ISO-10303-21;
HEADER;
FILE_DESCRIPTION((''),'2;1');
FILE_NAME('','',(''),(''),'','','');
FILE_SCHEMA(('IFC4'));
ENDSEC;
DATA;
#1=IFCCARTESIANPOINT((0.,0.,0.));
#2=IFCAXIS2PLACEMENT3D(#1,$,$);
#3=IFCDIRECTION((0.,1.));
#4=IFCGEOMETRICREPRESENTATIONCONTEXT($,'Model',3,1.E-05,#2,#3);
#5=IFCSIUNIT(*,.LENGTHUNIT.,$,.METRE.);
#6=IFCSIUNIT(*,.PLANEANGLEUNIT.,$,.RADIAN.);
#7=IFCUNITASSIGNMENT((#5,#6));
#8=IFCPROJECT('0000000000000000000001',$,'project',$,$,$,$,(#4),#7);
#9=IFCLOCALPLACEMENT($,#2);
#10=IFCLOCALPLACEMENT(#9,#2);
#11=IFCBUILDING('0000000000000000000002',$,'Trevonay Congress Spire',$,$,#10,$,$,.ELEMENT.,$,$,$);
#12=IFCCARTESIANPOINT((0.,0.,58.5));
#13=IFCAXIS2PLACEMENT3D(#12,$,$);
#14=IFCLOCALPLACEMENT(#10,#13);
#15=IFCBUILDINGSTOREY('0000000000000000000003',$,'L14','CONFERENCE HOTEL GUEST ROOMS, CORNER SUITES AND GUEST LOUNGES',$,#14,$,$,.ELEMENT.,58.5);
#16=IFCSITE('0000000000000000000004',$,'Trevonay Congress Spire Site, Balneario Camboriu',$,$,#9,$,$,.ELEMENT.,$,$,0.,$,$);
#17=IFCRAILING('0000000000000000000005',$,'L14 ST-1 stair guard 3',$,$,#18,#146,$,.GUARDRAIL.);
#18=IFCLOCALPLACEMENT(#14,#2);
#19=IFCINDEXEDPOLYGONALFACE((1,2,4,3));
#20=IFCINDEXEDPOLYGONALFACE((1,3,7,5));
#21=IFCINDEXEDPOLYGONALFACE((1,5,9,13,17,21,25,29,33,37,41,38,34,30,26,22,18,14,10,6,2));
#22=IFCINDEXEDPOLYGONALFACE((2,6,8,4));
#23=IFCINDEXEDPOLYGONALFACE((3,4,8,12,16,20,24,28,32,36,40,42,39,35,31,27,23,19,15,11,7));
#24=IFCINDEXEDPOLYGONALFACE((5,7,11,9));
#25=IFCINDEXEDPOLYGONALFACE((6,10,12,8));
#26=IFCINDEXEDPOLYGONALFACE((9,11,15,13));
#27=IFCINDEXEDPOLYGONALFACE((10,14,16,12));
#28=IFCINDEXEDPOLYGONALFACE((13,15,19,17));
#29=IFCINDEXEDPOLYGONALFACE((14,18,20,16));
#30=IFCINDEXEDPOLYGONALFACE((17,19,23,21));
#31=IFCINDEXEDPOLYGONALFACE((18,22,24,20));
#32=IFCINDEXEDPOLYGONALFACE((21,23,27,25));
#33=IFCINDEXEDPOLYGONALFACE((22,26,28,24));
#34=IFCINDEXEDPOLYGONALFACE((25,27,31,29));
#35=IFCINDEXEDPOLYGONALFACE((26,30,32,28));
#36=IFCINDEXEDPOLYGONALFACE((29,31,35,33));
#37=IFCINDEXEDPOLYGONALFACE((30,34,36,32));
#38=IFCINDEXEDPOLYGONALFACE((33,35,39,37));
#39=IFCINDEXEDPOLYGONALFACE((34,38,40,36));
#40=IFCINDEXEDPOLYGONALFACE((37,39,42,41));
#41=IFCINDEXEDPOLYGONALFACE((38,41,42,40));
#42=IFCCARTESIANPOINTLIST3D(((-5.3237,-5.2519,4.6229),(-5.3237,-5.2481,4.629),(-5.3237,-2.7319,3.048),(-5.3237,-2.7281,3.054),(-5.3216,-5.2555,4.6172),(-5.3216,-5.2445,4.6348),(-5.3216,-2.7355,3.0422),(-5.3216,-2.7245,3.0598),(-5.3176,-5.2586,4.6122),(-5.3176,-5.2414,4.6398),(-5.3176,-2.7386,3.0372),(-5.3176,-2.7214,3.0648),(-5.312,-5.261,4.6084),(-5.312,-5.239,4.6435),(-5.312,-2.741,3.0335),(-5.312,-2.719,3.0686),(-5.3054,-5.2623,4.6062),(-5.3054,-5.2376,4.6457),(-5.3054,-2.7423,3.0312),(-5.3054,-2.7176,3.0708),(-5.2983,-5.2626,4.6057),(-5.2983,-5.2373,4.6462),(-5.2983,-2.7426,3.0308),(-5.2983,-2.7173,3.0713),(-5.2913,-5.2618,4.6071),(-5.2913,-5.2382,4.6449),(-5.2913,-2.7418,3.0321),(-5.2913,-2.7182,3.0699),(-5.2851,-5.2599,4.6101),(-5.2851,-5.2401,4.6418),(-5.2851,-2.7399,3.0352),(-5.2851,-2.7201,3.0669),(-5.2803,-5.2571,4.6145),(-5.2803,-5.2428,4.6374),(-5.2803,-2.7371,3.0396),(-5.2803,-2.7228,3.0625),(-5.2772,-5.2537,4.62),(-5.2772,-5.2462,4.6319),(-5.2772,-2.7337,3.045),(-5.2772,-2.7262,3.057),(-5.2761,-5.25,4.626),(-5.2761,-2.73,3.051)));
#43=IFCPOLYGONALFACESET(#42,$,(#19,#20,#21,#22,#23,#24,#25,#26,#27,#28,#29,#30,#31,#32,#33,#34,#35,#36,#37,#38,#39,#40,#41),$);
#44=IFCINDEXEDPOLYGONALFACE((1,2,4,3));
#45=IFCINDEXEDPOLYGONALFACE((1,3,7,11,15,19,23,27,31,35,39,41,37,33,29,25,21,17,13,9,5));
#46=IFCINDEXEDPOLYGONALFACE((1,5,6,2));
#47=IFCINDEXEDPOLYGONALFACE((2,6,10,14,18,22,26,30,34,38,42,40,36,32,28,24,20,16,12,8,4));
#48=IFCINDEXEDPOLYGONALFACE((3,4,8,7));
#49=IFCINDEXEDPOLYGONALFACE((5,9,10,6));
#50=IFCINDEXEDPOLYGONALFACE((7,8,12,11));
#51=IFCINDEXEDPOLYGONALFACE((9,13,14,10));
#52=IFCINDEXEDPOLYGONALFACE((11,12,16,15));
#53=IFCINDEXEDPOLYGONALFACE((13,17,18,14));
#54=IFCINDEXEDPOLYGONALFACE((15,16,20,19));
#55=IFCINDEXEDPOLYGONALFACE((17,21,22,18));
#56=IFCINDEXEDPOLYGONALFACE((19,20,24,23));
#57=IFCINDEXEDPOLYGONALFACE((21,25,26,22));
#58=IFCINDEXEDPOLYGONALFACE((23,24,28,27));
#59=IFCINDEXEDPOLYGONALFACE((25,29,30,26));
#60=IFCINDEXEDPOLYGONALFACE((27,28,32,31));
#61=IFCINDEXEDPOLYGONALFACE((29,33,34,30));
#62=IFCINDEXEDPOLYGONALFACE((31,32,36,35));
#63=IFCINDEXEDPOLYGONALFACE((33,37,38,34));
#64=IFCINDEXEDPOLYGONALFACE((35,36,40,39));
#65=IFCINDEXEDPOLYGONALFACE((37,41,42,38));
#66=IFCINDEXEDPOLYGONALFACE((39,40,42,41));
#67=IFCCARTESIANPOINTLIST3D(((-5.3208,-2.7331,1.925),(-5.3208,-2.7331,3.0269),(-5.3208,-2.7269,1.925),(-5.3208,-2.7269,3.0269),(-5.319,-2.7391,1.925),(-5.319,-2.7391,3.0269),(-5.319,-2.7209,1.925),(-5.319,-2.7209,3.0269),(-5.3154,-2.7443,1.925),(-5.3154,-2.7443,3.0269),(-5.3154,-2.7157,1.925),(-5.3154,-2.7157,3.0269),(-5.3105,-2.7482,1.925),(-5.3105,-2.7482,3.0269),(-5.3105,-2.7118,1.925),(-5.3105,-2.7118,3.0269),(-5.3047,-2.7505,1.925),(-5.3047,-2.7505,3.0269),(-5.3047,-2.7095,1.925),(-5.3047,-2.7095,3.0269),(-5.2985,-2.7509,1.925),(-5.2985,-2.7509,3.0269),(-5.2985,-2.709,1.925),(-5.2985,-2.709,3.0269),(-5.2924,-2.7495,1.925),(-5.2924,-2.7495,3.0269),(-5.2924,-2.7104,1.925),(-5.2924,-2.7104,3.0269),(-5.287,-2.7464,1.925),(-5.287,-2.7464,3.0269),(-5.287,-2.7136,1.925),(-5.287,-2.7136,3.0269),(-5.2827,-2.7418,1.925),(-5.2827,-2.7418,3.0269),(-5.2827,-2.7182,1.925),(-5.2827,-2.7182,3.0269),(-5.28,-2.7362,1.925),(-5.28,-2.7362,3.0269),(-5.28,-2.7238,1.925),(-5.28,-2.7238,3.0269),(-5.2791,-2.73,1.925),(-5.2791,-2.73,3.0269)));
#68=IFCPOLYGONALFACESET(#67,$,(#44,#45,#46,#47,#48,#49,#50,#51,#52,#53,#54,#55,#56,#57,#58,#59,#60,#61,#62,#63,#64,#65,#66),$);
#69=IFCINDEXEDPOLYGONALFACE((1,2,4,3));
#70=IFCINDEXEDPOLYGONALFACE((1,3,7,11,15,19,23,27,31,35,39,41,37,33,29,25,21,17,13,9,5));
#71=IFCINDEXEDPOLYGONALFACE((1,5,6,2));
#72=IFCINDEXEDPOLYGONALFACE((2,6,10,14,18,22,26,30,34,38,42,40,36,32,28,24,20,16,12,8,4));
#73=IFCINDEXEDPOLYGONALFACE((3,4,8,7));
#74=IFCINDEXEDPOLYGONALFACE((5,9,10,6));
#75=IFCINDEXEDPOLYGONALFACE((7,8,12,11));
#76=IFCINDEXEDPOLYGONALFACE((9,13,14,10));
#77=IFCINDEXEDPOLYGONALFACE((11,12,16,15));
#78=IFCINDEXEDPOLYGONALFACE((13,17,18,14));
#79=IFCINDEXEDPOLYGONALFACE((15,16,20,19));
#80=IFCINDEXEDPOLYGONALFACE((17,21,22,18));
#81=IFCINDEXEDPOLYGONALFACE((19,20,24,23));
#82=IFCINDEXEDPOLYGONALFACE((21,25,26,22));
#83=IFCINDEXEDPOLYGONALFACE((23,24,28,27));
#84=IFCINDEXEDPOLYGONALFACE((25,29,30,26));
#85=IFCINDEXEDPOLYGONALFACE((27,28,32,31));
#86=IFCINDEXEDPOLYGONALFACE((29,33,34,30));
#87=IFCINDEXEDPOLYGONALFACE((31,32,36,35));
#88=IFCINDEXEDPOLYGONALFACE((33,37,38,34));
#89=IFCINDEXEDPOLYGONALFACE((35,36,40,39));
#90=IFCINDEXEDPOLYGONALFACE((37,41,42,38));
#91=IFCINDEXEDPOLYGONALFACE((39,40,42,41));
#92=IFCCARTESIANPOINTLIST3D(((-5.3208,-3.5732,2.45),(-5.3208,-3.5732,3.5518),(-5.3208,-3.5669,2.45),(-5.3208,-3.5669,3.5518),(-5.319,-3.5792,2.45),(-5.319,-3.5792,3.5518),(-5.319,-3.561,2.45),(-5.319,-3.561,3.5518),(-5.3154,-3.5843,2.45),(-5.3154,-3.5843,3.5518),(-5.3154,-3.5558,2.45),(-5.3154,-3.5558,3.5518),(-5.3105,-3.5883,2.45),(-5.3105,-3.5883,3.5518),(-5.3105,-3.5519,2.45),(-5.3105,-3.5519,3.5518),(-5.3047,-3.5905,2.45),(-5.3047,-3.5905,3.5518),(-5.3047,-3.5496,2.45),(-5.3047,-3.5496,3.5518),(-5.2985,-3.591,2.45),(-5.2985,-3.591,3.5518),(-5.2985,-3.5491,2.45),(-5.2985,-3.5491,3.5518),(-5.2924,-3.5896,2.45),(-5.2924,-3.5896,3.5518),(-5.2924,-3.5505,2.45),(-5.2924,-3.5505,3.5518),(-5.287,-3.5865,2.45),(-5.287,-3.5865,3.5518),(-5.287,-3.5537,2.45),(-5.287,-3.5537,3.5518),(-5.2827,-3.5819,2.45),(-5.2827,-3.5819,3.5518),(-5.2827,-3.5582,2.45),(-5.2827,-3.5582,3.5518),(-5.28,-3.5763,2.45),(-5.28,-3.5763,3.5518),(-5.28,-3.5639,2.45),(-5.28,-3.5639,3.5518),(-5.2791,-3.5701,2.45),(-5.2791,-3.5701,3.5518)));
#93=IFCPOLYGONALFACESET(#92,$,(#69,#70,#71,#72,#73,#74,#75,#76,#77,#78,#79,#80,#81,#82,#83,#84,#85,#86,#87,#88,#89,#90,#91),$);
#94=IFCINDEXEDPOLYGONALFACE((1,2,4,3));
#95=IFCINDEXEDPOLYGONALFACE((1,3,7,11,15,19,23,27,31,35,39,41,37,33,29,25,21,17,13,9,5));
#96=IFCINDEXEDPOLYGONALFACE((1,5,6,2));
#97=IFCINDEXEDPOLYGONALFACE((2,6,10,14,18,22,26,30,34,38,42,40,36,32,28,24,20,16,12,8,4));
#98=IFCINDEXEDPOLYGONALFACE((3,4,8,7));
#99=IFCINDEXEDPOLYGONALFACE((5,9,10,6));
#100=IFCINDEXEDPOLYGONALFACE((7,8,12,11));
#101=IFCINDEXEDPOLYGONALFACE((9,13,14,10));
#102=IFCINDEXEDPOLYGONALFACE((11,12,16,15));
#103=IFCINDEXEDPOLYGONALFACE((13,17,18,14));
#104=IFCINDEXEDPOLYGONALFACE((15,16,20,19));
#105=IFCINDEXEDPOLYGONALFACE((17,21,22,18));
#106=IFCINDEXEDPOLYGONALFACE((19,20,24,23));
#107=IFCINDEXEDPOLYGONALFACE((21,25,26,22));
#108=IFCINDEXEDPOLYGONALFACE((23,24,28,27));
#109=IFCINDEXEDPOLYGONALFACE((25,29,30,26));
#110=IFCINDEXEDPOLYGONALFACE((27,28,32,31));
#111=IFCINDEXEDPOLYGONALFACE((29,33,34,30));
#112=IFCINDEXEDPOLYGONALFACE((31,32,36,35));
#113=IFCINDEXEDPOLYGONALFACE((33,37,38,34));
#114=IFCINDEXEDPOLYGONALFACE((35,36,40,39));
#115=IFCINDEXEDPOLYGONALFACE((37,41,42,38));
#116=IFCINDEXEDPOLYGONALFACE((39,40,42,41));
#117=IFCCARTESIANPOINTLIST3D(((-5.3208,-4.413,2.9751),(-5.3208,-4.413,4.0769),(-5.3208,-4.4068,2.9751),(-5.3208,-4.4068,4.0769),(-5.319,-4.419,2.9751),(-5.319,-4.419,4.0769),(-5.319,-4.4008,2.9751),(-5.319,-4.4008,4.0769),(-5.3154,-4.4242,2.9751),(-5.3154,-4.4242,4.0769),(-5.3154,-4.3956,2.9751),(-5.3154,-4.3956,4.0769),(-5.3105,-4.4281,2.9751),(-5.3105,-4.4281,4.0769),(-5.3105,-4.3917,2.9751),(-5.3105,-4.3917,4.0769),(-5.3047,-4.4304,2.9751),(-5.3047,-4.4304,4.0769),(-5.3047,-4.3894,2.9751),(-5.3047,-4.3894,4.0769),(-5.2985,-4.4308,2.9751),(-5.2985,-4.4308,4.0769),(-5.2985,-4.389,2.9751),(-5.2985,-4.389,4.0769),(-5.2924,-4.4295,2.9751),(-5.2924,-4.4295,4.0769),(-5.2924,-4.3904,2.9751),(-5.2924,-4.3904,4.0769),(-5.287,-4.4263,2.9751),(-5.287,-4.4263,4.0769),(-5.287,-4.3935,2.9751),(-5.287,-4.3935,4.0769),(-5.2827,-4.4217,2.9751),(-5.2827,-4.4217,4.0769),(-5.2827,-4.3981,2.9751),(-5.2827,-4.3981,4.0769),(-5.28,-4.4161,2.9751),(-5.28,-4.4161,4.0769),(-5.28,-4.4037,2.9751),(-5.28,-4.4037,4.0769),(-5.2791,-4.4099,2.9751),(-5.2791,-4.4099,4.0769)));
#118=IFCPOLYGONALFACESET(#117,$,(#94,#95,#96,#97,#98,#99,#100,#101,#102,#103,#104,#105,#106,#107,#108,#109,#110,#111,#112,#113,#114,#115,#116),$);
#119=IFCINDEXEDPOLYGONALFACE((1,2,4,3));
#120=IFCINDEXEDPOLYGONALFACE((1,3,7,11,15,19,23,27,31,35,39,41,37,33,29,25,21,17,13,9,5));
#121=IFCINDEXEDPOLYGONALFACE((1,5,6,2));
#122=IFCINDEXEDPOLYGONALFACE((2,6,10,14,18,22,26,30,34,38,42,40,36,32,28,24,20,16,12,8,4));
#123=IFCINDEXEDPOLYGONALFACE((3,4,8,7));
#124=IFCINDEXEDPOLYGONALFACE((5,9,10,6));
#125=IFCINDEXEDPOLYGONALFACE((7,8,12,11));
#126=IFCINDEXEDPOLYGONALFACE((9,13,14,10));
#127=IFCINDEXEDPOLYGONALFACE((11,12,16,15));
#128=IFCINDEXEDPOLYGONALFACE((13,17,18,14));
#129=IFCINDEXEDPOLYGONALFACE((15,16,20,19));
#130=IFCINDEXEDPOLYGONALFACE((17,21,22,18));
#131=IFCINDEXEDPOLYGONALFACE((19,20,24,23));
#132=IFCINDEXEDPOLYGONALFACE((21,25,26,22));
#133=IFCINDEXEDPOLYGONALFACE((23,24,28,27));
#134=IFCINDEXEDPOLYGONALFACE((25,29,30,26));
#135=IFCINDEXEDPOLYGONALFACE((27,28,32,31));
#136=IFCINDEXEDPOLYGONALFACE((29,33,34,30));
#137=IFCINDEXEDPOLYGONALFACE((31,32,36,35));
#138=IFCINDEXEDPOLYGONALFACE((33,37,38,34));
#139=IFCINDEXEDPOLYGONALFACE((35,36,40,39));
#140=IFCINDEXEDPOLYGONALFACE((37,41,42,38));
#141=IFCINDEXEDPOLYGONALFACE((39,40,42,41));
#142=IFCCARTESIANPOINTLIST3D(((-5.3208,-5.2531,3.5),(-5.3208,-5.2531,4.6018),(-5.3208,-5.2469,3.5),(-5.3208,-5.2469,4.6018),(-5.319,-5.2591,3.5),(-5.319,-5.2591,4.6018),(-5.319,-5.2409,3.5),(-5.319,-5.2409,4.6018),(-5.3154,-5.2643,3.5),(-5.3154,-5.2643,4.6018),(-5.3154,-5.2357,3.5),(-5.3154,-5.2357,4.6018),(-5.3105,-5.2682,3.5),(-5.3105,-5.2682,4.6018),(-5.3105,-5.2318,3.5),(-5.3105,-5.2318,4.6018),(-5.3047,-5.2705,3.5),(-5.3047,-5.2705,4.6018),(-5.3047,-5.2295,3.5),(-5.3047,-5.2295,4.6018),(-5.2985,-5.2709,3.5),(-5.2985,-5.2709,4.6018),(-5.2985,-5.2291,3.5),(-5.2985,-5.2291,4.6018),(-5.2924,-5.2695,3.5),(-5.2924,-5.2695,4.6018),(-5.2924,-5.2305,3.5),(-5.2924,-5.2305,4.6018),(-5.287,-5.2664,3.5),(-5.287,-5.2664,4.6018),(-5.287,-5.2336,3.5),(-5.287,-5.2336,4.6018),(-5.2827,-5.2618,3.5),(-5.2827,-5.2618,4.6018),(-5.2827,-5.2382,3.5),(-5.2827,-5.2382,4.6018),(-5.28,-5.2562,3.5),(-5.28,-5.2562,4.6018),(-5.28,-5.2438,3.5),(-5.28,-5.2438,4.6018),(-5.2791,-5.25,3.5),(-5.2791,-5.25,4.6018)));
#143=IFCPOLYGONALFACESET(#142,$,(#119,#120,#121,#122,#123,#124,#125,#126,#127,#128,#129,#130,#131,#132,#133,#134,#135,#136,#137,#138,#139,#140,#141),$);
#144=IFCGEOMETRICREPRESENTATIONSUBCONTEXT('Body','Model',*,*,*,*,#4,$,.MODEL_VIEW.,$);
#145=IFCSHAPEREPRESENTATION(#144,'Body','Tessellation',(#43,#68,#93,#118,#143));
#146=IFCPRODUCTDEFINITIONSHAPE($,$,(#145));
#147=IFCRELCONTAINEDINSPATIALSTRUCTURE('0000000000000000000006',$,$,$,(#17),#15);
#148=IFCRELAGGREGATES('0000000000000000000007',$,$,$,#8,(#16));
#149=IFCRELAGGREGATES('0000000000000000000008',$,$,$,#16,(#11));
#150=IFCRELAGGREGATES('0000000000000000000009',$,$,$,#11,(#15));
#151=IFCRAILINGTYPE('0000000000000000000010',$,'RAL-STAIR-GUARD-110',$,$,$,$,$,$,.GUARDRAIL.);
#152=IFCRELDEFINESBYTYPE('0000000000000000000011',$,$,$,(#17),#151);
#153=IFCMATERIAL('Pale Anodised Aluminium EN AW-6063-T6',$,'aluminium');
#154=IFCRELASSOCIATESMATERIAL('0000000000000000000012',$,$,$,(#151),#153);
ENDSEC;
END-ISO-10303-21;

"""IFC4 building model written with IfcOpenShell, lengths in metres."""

from ifc_helpers import new_model, si_unit, direction, frame, origin, origin_2d, place, context, subcontext, project, spatial, circle, extrude, material, type_object, element, save


model = new_model("IFC4")

# Units and contexts
model_context = context("Model", 3, precision=1e-05, world=origin(), true_north=direction((0.0, 1.0)))
body_context = subcontext(model_context, "Body", "Model", "MODEL_VIEW")
ifc_project = project(units=[si_unit("LENGTHUNIT", "METRE"), si_unit("PLANEANGLEUNIT", "RADIAN")], contexts=[model_context])

# Site, building, storey
site_placement = place(None, origin())
site = spatial("IfcSite", under=ifc_project, at=site_placement, Name="Trevonay Congress Spire Site, Balneario Camboriu", CompositionType="ELEMENT", RefElevation=0.0)
building_placement = place(site_placement, origin())
building = spatial("IfcBuilding", under=site, at=building_placement, Name="Trevonay Congress Spire", CompositionType="ELEMENT")
storey_placement = place(building_placement, frame((0.0, 0.0, 58.5)))
storey = spatial("IfcBuildingStorey", under=building, at=storey_placement, Name="L14", Description="CONFERENCE HOTEL GUEST ROOMS, CORNER SUITES AND GUEST LOUNGES", CompositionType="ELEMENT", Elevation=58.5)

# Shared definitions
ifc_material_1 = material(Name="Pale Anodised Aluminium EN AW-6063-T6", Category="aluminium")

# Railing
railing_type_1 = type_object("IfcRailingType", Name="RAL-STAIR-GUARD-110", PredefinedType="GUARDRAIL", material=ifc_material_1)
railing_1_placement = place(storey_placement, frame((-5.3, -2.73, 1.925)))
element("IfcRailing", 1, at=railing_1_placement, inside=storey, type_object=railing_type_1, Name="L14 ST-1 stair guard 3", PredefinedType="GUARDRAIL", context=body_context, shape_type="SweptSolid", body=[
    extrude(circle(Radius=0.0239, at=origin_2d()), frame((0.0, 0.0, 1.126), z_axis=(0.0, -0.848008, 0.529984), x_axis=(1.0, 0.0, 0.0)), (0.0, 0.0, 1.0), 2.9717),
    extrude(circle(Radius=0.021, at=origin_2d()), origin(), (0.0, 0.0, 1.0), 1.1018),
    extrude(circle(Radius=0.021, at=origin_2d()), frame((0.0, -0.8401, 0.5249)), (0.0, 0.0, 1.0), 1.1018),
    extrude(circle(Radius=0.021, at=origin_2d()), frame((0.0, -1.6799, 1.05)), (0.0, 0.0, 1.0), 1.1018),
    extrude(circle(Radius=0.021, at=origin_2d()), frame((0.0, -2.52, 1.575)), (0.0, 0.0, 1.0), 1.1018),
])

save(model, "model.ifc")
